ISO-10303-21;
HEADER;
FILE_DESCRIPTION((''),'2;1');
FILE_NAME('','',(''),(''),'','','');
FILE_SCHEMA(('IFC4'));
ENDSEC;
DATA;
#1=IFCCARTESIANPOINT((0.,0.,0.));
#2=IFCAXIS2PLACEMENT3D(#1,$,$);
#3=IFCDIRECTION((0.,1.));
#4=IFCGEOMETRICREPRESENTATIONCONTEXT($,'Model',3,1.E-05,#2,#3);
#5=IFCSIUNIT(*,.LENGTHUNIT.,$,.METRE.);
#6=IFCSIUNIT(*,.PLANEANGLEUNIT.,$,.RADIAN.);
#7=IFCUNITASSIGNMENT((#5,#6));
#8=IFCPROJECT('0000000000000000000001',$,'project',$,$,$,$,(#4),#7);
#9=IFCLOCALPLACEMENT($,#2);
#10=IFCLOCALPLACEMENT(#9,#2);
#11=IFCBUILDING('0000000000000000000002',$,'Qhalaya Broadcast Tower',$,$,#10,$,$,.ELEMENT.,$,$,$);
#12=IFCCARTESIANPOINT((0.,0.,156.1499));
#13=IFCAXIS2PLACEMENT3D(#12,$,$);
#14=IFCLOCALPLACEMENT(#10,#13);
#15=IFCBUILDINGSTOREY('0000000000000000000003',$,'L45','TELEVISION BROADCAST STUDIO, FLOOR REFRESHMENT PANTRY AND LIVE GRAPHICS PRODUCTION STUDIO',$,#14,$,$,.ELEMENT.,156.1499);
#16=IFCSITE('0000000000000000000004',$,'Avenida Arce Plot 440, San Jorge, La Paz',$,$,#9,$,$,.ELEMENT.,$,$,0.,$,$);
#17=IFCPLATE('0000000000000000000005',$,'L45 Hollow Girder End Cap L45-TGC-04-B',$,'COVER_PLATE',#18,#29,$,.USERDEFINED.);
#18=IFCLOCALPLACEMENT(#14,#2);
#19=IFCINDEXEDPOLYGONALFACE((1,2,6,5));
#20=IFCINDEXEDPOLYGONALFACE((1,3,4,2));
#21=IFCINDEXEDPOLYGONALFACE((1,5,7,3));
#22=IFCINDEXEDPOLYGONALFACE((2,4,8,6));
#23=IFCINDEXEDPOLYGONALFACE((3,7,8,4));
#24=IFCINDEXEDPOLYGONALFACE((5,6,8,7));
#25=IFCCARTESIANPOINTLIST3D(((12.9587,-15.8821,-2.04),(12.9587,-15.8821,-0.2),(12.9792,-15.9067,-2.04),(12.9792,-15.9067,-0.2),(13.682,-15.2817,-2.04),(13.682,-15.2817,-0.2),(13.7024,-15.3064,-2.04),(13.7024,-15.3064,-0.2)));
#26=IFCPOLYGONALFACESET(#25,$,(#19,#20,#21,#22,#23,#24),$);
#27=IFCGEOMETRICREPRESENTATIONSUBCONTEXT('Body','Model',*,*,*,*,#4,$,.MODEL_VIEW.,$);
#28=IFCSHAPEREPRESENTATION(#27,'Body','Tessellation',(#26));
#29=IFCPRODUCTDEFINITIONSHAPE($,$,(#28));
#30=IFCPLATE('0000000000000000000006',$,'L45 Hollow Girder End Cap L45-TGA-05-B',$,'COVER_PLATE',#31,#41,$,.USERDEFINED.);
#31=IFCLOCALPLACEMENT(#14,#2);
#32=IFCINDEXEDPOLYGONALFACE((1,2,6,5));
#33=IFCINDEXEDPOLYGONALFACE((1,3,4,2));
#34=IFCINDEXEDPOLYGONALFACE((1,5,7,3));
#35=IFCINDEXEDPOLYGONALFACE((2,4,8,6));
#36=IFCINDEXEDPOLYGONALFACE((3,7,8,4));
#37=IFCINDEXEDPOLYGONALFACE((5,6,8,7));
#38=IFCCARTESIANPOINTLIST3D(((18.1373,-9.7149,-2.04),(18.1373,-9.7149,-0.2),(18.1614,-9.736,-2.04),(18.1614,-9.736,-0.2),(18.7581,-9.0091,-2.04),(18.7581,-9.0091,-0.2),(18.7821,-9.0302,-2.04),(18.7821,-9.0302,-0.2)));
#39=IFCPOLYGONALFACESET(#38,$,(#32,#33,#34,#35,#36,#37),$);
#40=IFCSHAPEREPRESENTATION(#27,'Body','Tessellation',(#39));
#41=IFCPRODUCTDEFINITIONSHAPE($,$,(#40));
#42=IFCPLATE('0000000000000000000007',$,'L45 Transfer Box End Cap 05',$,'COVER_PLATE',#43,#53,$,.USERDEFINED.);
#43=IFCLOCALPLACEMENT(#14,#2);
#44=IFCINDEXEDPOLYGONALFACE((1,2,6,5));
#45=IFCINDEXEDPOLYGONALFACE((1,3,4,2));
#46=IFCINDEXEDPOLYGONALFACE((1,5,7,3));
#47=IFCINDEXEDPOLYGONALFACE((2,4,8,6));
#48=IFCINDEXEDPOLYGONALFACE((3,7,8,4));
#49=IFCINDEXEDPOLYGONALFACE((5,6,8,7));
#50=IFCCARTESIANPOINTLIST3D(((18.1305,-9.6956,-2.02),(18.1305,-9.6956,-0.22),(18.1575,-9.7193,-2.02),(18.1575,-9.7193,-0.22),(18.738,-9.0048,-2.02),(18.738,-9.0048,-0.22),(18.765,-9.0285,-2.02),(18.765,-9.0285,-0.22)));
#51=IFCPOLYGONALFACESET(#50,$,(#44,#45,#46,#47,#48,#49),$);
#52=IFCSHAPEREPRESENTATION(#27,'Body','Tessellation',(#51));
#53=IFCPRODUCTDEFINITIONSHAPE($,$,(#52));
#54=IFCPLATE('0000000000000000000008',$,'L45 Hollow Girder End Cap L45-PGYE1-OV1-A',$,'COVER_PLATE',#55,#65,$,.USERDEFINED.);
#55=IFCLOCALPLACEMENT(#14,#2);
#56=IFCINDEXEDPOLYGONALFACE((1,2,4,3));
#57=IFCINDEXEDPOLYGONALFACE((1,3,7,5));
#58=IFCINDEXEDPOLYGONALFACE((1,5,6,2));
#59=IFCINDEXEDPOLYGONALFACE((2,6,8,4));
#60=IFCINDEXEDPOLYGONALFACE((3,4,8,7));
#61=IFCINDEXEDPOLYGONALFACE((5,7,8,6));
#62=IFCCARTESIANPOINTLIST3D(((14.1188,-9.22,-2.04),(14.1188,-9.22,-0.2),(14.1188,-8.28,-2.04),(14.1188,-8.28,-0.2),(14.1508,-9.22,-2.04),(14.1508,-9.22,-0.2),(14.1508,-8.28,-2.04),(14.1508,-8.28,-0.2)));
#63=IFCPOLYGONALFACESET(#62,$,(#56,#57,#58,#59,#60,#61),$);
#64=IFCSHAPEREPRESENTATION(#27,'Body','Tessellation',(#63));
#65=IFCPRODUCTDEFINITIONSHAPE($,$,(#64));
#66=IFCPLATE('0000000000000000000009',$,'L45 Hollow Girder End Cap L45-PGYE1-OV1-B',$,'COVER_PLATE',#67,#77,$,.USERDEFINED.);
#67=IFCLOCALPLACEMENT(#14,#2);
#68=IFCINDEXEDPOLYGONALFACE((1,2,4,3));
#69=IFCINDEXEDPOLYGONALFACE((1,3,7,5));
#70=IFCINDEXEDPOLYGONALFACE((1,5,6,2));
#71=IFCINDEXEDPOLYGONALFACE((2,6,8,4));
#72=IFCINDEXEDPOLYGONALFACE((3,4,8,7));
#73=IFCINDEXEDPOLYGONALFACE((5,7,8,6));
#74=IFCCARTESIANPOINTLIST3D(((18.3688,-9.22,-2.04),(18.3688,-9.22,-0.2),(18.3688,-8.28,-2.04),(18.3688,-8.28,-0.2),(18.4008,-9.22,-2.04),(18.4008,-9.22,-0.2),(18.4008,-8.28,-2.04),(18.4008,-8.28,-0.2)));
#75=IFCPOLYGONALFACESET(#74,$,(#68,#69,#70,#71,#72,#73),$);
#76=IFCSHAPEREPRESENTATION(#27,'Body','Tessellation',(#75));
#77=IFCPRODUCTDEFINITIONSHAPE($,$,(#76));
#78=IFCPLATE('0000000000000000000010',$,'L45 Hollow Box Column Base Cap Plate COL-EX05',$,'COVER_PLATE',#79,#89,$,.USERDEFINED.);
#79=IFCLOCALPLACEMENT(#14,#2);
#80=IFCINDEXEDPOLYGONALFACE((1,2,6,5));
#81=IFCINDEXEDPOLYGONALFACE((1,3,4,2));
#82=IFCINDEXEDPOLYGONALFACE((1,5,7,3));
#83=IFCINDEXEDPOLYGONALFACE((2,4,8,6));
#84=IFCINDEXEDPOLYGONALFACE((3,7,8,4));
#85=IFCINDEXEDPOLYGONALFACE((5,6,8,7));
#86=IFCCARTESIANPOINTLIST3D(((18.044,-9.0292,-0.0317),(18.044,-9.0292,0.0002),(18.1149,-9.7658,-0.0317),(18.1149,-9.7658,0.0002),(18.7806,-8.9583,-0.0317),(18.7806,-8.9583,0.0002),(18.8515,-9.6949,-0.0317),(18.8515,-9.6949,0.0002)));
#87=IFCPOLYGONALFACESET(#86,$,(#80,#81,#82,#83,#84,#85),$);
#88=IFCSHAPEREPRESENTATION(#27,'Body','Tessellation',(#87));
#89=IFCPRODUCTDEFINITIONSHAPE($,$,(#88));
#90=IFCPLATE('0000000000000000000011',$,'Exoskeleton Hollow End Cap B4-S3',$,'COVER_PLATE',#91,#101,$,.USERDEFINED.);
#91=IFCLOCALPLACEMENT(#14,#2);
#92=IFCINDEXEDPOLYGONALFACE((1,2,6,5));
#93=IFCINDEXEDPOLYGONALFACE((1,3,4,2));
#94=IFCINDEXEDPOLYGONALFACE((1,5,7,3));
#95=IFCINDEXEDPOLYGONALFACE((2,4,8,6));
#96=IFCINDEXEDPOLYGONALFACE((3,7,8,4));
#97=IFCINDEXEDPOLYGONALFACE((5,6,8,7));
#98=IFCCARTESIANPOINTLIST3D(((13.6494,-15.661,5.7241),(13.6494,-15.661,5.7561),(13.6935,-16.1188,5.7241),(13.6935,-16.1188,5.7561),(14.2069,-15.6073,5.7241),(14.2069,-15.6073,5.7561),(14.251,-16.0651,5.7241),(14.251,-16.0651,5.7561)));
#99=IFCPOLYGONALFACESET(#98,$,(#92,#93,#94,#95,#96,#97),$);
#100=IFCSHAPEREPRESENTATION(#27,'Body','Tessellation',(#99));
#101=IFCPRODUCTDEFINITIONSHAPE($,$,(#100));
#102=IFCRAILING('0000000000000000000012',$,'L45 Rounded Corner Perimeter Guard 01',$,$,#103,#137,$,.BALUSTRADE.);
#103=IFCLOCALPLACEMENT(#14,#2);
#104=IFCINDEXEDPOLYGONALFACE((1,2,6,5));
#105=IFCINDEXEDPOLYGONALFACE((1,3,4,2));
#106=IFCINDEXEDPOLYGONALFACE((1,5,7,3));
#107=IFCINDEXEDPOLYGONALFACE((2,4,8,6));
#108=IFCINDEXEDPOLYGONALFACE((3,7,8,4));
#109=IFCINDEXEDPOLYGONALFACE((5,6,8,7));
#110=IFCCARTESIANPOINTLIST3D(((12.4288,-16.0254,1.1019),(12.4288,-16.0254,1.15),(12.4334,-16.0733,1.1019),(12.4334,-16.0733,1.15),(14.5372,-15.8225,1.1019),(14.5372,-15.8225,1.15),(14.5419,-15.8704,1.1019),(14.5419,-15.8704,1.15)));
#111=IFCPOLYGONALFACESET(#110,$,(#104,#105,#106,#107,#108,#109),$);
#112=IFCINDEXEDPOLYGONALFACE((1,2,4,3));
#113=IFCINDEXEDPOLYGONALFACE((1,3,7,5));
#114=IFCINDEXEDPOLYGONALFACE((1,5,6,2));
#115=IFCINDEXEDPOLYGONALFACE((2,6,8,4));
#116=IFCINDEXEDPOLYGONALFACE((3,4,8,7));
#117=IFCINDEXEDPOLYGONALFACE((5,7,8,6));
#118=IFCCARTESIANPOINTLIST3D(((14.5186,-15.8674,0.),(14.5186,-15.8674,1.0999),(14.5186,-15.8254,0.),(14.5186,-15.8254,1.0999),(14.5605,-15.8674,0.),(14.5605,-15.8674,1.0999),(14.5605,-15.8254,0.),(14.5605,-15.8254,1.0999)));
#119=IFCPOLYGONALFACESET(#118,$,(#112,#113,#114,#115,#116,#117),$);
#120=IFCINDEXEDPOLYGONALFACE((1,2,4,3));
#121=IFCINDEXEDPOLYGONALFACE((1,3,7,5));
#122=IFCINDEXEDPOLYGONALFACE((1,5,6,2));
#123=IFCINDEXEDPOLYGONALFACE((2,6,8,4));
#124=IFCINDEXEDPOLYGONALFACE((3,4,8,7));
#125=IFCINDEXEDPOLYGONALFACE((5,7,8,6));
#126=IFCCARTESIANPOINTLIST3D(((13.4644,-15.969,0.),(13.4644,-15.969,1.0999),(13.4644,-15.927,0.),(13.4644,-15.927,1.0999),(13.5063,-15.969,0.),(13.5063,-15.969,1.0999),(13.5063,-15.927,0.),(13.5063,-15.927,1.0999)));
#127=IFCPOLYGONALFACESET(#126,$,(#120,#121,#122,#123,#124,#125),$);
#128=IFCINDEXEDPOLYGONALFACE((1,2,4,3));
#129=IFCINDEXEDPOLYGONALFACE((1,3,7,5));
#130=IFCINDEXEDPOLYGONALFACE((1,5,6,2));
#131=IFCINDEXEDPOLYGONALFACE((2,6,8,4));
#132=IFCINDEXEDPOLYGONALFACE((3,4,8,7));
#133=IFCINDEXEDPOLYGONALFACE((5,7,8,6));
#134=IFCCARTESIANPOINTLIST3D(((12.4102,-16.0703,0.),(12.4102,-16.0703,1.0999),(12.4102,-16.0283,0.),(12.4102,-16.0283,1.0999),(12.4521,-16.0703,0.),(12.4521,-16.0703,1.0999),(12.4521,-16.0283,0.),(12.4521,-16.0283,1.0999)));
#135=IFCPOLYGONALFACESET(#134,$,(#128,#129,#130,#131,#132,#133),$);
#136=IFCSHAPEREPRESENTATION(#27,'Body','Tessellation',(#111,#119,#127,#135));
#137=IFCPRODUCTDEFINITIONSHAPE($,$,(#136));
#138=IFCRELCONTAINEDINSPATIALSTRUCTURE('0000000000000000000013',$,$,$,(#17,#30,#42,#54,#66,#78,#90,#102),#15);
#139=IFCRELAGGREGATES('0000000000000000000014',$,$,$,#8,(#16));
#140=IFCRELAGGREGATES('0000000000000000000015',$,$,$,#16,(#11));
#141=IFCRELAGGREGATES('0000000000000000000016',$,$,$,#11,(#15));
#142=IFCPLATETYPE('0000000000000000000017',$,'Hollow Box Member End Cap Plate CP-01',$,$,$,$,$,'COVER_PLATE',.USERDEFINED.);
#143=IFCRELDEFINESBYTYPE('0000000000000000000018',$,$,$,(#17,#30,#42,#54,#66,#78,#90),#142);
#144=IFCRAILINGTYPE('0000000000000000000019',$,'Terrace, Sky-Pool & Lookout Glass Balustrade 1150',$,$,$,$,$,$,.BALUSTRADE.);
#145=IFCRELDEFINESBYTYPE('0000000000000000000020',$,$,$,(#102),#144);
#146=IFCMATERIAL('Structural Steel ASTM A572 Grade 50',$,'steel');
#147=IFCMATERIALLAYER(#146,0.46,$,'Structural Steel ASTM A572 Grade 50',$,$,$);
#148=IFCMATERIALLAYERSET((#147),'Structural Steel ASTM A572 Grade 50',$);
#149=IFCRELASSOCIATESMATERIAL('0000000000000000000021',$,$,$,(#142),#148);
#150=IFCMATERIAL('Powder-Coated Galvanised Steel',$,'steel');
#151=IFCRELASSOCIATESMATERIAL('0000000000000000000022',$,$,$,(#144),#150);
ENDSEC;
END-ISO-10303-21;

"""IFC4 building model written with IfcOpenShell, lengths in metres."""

from ifc_helpers import new_model, si_unit, direction, frame, origin, origin_2d, place, context, subcontext, project, spatial, rectangle, extrude, material, layer, layer_set, type_object, element, save


model = new_model("IFC4")

# Units and contexts
model_context = context("Model", 3, precision=1e-05, world=origin(), true_north=direction((0.0, 1.0)))
body_context = subcontext(model_context, "Body", "Model", "MODEL_VIEW")
ifc_project = project(units=[si_unit("LENGTHUNIT", "METRE"), si_unit("PLANEANGLEUNIT", "RADIAN")], contexts=[model_context])

# Site, building, storey
site_placement = place(None, origin())
site = spatial("IfcSite", under=ifc_project, at=site_placement, Name="Avenida Arce Plot 440, San Jorge, La Paz", CompositionType="ELEMENT", RefElevation=0.0)
building_placement = place(site_placement, origin())
building = spatial("IfcBuilding", under=site, at=building_placement, Name="Qhalaya Broadcast Tower", CompositionType="ELEMENT")
storey_placement = place(building_placement, frame((0.0, 0.0, 156.1499)))
storey = spatial("IfcBuildingStorey", under=building, at=storey_placement, Name="L45", Description="TELEVISION BROADCAST STUDIO, FLOOR REFRESHMENT PANTRY AND LIVE GRAPHICS PRODUCTION STUDIO", CompositionType="ELEMENT", Elevation=156.1499)

# Shared definitions
ifc_material_1 = material(Name="Structural Steel ASTM A572 Grade 50", Category="steel")

# Plates
ifc_layer_1 = layer(ifc_material_1, 0.46, Name="Structural Steel ASTM A572 Grade 50")
ifc_layer_set_1 = layer_set([ifc_layer_1], Name="Structural Steel ASTM A572 Grade 50")
plate_type_1 = type_object("IfcPlateType", Name="Hollow Box Member End Cap Plate CP-01", ElementType="COVER_PLATE", PredefinedType="USERDEFINED", material=ifc_layer_set_1)
for number, where, z_axis, x_axis, name in (
    (1, (13.3306, -15.5942, -2.04), (0.0, 0.0, 1.0), (0.769422, 0.638741, 0.0), "L45 Hollow Girder End Cap L45-TGC-04-B"),
    (2, (18.4597, -9.3726, -2.04), (0.0, 0.0, 1.0), (0.660382, 0.75093, 0.0), "L45 Hollow Girder End Cap L45-TGA-05-B"),
):
    element("IfcPlate", number, at=place(storey_placement, frame(where, z_axis=z_axis, x_axis=x_axis)), inside=storey, type_object=plate_type_1, Name=name, ObjectType="COVER_PLATE", PredefinedType="USERDEFINED", context=body_context, shape_type="SweptSolid", body=[
        extrude(rectangle(XDim=0.9399, YDim=0.032, at=origin_2d()), origin(), (0.0, 0.0, 1.0), 1.8401),
    ])
plate_1_placement = place(storey_placement, frame((18.4478, -9.3621, -2.02), z_axis=(0.0, 0.0, 1.0), x_axis=(0.660382, 0.75093, 0.0)))
element("IfcPlate", 3, at=plate_1_placement, inside=storey, type_object=plate_type_1, Name="L45 Transfer Box End Cap 05", ObjectType="COVER_PLATE", PredefinedType="USERDEFINED", context=body_context, shape_type="SweptSolid", body=[
    extrude(rectangle(XDim=0.9199, YDim=0.0359, at=origin_2d()), origin(), (0.0, 0.0, 1.0), 1.8),
])
for number, where, z_axis, x_axis, name in (
    (4, (14.1348, -8.75, -2.04), (0.0, 0.0, 1.0), (0.0, 1.0, 0.0), "L45 Hollow Girder End Cap L45-PGYE1-OV1-A"),
    (5, (18.3848, -8.75, -2.04), (0.0, 0.0, 1.0), (0.0, 1.0, 0.0), "L45 Hollow Girder End Cap L45-PGYE1-OV1-B"),
):
    element("IfcPlate", number, at=place(storey_placement, frame(where, z_axis=z_axis, x_axis=x_axis)), inside=storey, type_object=plate_type_1, Name=name, ObjectType="COVER_PLATE", PredefinedType="USERDEFINED", context=body_context, shape_type="SweptSolid", body=[
        extrude(rectangle(XDim=0.9399, YDim=0.032, at=origin_2d()), origin(), (0.0, 0.0, 1.0), 1.8401),
    ])
plate_2_placement = place(storey_placement, frame((18.4478, -9.3621, -0.0317), z_axis=(0.0, 0.0, 1.0), x_axis=(-0.095846, 0.995396, 0.0)))
element("IfcPlate", 6, at=plate_2_placement, inside=storey, type_object=plate_type_1, Name="L45 Hollow Box Column Base Cap Plate COL-EX05", ObjectType="COVER_PLATE", PredefinedType="USERDEFINED", context=body_context, shape_type="SweptSolid", body=[
    extrude(rectangle(XDim=0.74, YDim=0.74, at=origin_2d()), origin(), (0.0, 0.0, 1.0), 0.032),
])
plate_3_placement = place(storey_placement, frame((13.9502, -15.863, 5.7241), z_axis=(0.0, 0.0, 1.0), x_axis=(0.995396, 0.095846, 0.0)))
element("IfcPlate", 7, at=plate_3_placement, inside=storey, type_object=plate_type_1, Name="Exoskeleton Hollow End Cap B4-S3", ObjectType="COVER_PLATE", PredefinedType="USERDEFINED", context=body_context, shape_type="SweptSolid", body=[
    extrude(rectangle(XDim=0.5601, YDim=0.46, at=origin_2d()), origin(), (0.0, 0.0, 1.0), 0.032),
])

# Railing
ifc_material_2 = material(Name="Powder-Coated Galvanised Steel", Category="steel")
railing_type = type_object("IfcRailingType", Name="Terrace, Sky-Pool & Lookout Glass Balustrade 1150", PredefinedType="BALUSTRADE", material=ifc_material_2)
railing_placement = place(storey_placement, frame((14.5396, -15.8464, 0.0)))
element("IfcRailing", 8, at=railing_placement, inside=storey, type_object=railing_type, Name="L45 Rounded Corner Perimeter Guard 01", PredefinedType="BALUSTRADE", context=body_context, shape_type="SweptSolid", body=[
    extrude(rectangle(XDim=0.0481, YDim=0.0481, at=origin_2d()), frame((0.0, 0.0, 1.126), z_axis=(-0.995402, -0.095783, 0.0), x_axis=(0.095783, -0.995402, 0.0)), (0.0, 0.0, 1.0), 2.1182),
    extrude(rectangle(XDim=0.042, YDim=0.042, at=origin_2d()), origin(), (0.0, 0.0, 1.0), 1.0999),
    extrude(rectangle(XDim=0.042, YDim=0.042, at=origin_2d()), frame((-1.0542, -0.1016, 0.0)), (0.0, 0.0, 1.0), 1.0999),
    extrude(rectangle(XDim=0.042, YDim=0.042, at=origin_2d()), frame((-2.1084, -0.2029, 0.0)), (0.0, 0.0, 1.0), 1.0999),
])

save(model, "model.ifc")
